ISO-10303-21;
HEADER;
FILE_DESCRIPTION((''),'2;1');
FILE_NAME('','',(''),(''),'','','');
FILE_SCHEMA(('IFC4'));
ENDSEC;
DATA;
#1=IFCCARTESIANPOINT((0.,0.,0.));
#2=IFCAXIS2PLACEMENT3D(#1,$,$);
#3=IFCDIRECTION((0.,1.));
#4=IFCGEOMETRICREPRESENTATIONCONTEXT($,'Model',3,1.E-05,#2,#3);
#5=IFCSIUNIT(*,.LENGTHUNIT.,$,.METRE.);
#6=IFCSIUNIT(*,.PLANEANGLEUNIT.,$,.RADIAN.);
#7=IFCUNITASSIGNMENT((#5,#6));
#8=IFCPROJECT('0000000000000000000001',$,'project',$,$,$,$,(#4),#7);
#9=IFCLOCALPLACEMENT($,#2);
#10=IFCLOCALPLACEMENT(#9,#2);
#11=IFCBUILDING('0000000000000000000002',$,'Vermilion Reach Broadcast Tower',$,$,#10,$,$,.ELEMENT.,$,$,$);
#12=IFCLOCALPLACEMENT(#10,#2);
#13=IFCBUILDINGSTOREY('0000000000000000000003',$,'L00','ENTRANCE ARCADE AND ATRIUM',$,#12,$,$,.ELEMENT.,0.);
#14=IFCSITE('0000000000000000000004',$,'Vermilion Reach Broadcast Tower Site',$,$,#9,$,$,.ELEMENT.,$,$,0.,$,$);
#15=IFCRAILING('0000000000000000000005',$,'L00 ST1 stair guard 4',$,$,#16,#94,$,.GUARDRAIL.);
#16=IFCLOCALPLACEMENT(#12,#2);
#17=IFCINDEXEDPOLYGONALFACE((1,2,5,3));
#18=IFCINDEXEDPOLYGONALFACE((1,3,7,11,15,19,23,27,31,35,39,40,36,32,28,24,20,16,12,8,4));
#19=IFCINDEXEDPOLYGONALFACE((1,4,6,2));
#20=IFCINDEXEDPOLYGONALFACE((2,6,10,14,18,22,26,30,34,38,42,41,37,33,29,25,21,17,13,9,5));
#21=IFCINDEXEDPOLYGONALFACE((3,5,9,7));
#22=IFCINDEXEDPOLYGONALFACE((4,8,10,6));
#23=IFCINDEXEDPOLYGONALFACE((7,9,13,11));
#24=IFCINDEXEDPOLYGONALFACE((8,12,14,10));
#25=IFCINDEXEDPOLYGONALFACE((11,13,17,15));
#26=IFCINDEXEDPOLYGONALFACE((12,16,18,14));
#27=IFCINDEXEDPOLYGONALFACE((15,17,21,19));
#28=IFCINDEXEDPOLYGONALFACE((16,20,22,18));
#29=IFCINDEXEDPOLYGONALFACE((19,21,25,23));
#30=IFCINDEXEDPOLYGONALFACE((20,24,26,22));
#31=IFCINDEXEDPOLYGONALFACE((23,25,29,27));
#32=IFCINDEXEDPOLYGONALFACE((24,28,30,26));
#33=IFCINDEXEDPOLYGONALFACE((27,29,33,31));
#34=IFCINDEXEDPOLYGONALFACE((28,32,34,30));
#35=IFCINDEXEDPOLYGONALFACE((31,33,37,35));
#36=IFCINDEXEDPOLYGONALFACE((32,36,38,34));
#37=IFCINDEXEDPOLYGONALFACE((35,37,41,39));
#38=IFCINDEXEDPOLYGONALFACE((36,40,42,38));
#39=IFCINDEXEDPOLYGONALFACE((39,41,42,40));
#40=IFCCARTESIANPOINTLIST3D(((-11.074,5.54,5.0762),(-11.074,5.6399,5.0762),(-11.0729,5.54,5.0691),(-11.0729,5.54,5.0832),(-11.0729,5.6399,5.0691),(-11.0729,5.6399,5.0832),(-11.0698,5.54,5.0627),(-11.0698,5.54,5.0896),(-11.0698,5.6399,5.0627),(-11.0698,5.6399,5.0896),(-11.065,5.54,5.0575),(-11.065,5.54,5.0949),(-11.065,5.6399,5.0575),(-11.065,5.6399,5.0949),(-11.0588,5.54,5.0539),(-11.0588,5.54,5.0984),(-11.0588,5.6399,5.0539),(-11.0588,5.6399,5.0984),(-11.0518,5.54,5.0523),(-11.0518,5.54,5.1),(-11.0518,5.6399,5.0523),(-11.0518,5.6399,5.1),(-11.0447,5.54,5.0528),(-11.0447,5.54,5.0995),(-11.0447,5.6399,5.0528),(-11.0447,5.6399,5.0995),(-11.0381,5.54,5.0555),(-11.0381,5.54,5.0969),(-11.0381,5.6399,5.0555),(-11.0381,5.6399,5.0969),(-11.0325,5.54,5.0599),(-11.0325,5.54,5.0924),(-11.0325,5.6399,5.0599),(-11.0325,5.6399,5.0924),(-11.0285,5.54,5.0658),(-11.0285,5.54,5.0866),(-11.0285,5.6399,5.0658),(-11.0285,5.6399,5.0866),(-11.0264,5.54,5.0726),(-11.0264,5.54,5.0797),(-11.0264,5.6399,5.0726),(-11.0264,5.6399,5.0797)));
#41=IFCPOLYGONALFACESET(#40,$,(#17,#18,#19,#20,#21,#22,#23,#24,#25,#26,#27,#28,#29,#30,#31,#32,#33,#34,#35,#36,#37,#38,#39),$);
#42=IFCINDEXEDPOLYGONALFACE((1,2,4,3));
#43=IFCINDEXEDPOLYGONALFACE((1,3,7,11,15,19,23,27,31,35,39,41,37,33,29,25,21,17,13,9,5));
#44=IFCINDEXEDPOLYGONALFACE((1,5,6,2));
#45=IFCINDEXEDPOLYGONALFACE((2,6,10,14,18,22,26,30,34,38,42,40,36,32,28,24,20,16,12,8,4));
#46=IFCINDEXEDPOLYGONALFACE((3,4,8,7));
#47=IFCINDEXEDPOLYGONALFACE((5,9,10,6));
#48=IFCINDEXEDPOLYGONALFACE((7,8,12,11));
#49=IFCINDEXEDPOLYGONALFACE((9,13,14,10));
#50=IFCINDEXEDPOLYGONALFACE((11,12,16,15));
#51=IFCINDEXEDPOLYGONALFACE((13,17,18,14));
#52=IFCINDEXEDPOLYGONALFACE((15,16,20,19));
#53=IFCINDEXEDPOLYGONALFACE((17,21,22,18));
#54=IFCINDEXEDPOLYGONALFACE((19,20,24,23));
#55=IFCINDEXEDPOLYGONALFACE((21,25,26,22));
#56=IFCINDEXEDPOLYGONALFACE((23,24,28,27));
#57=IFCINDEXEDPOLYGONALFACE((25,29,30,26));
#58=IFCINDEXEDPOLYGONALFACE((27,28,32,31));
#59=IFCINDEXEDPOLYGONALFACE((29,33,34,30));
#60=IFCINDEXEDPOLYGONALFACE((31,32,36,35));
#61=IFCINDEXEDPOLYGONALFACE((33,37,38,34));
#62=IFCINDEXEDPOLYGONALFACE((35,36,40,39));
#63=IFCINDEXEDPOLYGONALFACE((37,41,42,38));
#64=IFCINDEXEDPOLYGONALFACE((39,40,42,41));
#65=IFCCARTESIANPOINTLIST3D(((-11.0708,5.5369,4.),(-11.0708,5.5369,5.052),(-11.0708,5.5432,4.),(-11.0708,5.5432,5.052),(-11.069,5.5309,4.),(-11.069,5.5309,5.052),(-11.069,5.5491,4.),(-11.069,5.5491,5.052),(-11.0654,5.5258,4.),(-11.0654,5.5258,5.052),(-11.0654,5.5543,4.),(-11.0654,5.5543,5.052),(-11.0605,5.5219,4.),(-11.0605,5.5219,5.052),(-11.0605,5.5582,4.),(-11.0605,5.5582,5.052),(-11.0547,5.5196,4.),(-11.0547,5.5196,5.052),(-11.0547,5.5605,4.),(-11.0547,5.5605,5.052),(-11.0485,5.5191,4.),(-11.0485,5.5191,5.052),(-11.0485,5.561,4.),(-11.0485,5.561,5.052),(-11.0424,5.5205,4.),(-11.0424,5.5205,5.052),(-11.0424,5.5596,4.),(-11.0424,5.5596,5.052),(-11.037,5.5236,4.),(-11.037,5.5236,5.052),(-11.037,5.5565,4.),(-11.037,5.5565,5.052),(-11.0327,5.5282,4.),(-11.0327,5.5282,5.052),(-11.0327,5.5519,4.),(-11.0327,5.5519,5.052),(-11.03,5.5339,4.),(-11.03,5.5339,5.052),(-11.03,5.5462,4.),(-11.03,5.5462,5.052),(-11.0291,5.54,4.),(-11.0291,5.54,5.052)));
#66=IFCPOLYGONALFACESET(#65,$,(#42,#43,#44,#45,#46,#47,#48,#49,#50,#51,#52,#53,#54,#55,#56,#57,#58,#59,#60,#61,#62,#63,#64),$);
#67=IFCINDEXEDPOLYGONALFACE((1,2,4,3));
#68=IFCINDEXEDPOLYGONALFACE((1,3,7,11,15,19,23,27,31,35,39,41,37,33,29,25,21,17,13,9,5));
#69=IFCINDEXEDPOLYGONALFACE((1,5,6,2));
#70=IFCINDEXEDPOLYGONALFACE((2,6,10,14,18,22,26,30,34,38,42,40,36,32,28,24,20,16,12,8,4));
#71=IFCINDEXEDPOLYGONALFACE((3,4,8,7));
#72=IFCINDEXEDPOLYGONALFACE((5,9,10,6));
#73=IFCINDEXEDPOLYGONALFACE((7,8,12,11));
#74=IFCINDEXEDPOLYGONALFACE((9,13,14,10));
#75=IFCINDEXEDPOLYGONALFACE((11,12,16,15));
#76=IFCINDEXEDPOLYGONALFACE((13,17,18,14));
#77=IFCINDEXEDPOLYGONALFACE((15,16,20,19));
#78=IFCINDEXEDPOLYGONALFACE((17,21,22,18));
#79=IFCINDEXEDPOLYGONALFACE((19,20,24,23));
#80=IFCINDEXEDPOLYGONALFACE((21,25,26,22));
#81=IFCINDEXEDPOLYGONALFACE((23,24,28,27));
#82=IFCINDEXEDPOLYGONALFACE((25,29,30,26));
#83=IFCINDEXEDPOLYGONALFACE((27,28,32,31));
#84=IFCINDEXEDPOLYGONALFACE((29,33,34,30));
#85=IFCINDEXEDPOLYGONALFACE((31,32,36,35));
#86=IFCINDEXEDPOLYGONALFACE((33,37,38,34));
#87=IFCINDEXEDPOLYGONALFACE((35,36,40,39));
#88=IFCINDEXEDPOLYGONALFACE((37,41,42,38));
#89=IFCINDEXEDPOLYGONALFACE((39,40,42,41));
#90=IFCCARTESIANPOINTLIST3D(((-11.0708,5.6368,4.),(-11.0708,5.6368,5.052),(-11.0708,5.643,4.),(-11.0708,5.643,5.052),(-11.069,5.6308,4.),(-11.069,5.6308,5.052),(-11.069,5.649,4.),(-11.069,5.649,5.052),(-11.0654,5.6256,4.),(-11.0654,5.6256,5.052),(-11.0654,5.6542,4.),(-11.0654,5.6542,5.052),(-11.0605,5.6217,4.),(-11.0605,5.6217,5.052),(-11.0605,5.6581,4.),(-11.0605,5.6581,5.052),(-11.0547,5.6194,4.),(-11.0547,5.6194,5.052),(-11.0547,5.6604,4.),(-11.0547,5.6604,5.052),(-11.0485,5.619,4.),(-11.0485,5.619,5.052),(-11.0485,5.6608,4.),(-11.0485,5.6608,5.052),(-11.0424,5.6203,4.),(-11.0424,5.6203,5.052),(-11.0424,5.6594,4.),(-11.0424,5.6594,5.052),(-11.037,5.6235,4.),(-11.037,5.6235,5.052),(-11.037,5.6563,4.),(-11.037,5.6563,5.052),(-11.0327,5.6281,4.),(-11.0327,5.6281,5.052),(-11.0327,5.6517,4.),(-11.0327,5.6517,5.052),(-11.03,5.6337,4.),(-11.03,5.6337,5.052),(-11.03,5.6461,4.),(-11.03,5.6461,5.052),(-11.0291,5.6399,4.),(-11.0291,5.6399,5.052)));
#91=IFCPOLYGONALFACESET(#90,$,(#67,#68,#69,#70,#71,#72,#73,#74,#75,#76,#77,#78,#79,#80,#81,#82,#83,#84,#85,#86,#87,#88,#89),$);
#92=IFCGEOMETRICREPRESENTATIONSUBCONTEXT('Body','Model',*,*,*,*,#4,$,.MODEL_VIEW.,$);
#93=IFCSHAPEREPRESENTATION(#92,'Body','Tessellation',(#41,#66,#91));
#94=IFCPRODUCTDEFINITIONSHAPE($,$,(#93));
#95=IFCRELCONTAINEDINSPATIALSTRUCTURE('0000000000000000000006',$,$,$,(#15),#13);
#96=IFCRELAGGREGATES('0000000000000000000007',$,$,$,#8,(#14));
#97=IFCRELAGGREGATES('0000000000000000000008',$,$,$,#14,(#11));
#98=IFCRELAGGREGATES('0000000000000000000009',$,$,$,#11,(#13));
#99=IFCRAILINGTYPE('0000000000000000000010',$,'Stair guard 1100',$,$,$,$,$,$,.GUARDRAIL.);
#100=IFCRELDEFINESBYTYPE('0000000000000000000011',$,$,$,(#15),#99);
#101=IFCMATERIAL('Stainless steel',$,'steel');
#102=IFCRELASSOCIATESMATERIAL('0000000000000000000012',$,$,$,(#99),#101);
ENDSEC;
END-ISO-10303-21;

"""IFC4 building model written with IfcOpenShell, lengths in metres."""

from ifc_helpers import new_model, si_unit, direction, frame, origin, origin_2d, place, context, subcontext, project, spatial, circle, extrude, material, type_object, element, save


model = new_model("IFC4")

# Units and contexts
model_context = context("Model", 3, precision=1e-05, world=origin(), true_north=direction((0.0, 1.0)))
body_context = subcontext(model_context, "Body", "Model", "MODEL_VIEW")
ifc_project = project(units=[si_unit("LENGTHUNIT", "METRE"), si_unit("PLANEANGLEUNIT", "RADIAN")], contexts=[model_context])

# Site, building, storey
site_placement = place(None, origin())
site = spatial("IfcSite", under=ifc_project, at=site_placement, Name="Vermilion Reach Broadcast Tower Site", CompositionType="ELEMENT", RefElevation=0.0)
building_placement = place(site_placement, origin())
building = spatial("IfcBuilding", under=site, at=building_placement, Name="Vermilion Reach Broadcast Tower", CompositionType="ELEMENT")
storey_placement = place(building_placement, origin())
storey = spatial("IfcBuildingStorey", under=building, at=storey_placement, Name="L00", Description="ENTRANCE ARCADE AND ATRIUM", CompositionType="ELEMENT", Elevation=0.0)

# Railing
ifc_material_1 = material(Name="Stainless steel", Category="steel")
railing_type_1 = type_object("IfcRailingType", Name="Stair guard 1100", PredefinedType="GUARDRAIL", material=ifc_material_1)
railing_1_placement = place(storey_placement, frame((-11.05, 5.54, 4.0)))
element("IfcRailing", 1, at=railing_1_placement, inside=storey, type_object=railing_type_1, Name="L00 ST1 stair guard 4", PredefinedType="GUARDRAIL", context=body_context, shape_type="SweptSolid", body=[
    extrude(circle(Radius=0.0239, at=origin_2d()), frame((0.0, 0.0, 1.0762), z_axis=(0.0, 1.0, 0.0), x_axis=(-1.0, 0.0, 0.0)), (0.0, 0.0, 1.0), 0.0999),
    extrude(circle(Radius=0.021, at=origin_2d()), origin(), (0.0, 0.0, 1.0), 1.052),
    extrude(circle(Radius=0.021, at=origin_2d()), frame((0.0, 0.0999, 0.0)), (0.0, 0.0, 1.0), 1.052),
])

save(model, "model.ifc")
